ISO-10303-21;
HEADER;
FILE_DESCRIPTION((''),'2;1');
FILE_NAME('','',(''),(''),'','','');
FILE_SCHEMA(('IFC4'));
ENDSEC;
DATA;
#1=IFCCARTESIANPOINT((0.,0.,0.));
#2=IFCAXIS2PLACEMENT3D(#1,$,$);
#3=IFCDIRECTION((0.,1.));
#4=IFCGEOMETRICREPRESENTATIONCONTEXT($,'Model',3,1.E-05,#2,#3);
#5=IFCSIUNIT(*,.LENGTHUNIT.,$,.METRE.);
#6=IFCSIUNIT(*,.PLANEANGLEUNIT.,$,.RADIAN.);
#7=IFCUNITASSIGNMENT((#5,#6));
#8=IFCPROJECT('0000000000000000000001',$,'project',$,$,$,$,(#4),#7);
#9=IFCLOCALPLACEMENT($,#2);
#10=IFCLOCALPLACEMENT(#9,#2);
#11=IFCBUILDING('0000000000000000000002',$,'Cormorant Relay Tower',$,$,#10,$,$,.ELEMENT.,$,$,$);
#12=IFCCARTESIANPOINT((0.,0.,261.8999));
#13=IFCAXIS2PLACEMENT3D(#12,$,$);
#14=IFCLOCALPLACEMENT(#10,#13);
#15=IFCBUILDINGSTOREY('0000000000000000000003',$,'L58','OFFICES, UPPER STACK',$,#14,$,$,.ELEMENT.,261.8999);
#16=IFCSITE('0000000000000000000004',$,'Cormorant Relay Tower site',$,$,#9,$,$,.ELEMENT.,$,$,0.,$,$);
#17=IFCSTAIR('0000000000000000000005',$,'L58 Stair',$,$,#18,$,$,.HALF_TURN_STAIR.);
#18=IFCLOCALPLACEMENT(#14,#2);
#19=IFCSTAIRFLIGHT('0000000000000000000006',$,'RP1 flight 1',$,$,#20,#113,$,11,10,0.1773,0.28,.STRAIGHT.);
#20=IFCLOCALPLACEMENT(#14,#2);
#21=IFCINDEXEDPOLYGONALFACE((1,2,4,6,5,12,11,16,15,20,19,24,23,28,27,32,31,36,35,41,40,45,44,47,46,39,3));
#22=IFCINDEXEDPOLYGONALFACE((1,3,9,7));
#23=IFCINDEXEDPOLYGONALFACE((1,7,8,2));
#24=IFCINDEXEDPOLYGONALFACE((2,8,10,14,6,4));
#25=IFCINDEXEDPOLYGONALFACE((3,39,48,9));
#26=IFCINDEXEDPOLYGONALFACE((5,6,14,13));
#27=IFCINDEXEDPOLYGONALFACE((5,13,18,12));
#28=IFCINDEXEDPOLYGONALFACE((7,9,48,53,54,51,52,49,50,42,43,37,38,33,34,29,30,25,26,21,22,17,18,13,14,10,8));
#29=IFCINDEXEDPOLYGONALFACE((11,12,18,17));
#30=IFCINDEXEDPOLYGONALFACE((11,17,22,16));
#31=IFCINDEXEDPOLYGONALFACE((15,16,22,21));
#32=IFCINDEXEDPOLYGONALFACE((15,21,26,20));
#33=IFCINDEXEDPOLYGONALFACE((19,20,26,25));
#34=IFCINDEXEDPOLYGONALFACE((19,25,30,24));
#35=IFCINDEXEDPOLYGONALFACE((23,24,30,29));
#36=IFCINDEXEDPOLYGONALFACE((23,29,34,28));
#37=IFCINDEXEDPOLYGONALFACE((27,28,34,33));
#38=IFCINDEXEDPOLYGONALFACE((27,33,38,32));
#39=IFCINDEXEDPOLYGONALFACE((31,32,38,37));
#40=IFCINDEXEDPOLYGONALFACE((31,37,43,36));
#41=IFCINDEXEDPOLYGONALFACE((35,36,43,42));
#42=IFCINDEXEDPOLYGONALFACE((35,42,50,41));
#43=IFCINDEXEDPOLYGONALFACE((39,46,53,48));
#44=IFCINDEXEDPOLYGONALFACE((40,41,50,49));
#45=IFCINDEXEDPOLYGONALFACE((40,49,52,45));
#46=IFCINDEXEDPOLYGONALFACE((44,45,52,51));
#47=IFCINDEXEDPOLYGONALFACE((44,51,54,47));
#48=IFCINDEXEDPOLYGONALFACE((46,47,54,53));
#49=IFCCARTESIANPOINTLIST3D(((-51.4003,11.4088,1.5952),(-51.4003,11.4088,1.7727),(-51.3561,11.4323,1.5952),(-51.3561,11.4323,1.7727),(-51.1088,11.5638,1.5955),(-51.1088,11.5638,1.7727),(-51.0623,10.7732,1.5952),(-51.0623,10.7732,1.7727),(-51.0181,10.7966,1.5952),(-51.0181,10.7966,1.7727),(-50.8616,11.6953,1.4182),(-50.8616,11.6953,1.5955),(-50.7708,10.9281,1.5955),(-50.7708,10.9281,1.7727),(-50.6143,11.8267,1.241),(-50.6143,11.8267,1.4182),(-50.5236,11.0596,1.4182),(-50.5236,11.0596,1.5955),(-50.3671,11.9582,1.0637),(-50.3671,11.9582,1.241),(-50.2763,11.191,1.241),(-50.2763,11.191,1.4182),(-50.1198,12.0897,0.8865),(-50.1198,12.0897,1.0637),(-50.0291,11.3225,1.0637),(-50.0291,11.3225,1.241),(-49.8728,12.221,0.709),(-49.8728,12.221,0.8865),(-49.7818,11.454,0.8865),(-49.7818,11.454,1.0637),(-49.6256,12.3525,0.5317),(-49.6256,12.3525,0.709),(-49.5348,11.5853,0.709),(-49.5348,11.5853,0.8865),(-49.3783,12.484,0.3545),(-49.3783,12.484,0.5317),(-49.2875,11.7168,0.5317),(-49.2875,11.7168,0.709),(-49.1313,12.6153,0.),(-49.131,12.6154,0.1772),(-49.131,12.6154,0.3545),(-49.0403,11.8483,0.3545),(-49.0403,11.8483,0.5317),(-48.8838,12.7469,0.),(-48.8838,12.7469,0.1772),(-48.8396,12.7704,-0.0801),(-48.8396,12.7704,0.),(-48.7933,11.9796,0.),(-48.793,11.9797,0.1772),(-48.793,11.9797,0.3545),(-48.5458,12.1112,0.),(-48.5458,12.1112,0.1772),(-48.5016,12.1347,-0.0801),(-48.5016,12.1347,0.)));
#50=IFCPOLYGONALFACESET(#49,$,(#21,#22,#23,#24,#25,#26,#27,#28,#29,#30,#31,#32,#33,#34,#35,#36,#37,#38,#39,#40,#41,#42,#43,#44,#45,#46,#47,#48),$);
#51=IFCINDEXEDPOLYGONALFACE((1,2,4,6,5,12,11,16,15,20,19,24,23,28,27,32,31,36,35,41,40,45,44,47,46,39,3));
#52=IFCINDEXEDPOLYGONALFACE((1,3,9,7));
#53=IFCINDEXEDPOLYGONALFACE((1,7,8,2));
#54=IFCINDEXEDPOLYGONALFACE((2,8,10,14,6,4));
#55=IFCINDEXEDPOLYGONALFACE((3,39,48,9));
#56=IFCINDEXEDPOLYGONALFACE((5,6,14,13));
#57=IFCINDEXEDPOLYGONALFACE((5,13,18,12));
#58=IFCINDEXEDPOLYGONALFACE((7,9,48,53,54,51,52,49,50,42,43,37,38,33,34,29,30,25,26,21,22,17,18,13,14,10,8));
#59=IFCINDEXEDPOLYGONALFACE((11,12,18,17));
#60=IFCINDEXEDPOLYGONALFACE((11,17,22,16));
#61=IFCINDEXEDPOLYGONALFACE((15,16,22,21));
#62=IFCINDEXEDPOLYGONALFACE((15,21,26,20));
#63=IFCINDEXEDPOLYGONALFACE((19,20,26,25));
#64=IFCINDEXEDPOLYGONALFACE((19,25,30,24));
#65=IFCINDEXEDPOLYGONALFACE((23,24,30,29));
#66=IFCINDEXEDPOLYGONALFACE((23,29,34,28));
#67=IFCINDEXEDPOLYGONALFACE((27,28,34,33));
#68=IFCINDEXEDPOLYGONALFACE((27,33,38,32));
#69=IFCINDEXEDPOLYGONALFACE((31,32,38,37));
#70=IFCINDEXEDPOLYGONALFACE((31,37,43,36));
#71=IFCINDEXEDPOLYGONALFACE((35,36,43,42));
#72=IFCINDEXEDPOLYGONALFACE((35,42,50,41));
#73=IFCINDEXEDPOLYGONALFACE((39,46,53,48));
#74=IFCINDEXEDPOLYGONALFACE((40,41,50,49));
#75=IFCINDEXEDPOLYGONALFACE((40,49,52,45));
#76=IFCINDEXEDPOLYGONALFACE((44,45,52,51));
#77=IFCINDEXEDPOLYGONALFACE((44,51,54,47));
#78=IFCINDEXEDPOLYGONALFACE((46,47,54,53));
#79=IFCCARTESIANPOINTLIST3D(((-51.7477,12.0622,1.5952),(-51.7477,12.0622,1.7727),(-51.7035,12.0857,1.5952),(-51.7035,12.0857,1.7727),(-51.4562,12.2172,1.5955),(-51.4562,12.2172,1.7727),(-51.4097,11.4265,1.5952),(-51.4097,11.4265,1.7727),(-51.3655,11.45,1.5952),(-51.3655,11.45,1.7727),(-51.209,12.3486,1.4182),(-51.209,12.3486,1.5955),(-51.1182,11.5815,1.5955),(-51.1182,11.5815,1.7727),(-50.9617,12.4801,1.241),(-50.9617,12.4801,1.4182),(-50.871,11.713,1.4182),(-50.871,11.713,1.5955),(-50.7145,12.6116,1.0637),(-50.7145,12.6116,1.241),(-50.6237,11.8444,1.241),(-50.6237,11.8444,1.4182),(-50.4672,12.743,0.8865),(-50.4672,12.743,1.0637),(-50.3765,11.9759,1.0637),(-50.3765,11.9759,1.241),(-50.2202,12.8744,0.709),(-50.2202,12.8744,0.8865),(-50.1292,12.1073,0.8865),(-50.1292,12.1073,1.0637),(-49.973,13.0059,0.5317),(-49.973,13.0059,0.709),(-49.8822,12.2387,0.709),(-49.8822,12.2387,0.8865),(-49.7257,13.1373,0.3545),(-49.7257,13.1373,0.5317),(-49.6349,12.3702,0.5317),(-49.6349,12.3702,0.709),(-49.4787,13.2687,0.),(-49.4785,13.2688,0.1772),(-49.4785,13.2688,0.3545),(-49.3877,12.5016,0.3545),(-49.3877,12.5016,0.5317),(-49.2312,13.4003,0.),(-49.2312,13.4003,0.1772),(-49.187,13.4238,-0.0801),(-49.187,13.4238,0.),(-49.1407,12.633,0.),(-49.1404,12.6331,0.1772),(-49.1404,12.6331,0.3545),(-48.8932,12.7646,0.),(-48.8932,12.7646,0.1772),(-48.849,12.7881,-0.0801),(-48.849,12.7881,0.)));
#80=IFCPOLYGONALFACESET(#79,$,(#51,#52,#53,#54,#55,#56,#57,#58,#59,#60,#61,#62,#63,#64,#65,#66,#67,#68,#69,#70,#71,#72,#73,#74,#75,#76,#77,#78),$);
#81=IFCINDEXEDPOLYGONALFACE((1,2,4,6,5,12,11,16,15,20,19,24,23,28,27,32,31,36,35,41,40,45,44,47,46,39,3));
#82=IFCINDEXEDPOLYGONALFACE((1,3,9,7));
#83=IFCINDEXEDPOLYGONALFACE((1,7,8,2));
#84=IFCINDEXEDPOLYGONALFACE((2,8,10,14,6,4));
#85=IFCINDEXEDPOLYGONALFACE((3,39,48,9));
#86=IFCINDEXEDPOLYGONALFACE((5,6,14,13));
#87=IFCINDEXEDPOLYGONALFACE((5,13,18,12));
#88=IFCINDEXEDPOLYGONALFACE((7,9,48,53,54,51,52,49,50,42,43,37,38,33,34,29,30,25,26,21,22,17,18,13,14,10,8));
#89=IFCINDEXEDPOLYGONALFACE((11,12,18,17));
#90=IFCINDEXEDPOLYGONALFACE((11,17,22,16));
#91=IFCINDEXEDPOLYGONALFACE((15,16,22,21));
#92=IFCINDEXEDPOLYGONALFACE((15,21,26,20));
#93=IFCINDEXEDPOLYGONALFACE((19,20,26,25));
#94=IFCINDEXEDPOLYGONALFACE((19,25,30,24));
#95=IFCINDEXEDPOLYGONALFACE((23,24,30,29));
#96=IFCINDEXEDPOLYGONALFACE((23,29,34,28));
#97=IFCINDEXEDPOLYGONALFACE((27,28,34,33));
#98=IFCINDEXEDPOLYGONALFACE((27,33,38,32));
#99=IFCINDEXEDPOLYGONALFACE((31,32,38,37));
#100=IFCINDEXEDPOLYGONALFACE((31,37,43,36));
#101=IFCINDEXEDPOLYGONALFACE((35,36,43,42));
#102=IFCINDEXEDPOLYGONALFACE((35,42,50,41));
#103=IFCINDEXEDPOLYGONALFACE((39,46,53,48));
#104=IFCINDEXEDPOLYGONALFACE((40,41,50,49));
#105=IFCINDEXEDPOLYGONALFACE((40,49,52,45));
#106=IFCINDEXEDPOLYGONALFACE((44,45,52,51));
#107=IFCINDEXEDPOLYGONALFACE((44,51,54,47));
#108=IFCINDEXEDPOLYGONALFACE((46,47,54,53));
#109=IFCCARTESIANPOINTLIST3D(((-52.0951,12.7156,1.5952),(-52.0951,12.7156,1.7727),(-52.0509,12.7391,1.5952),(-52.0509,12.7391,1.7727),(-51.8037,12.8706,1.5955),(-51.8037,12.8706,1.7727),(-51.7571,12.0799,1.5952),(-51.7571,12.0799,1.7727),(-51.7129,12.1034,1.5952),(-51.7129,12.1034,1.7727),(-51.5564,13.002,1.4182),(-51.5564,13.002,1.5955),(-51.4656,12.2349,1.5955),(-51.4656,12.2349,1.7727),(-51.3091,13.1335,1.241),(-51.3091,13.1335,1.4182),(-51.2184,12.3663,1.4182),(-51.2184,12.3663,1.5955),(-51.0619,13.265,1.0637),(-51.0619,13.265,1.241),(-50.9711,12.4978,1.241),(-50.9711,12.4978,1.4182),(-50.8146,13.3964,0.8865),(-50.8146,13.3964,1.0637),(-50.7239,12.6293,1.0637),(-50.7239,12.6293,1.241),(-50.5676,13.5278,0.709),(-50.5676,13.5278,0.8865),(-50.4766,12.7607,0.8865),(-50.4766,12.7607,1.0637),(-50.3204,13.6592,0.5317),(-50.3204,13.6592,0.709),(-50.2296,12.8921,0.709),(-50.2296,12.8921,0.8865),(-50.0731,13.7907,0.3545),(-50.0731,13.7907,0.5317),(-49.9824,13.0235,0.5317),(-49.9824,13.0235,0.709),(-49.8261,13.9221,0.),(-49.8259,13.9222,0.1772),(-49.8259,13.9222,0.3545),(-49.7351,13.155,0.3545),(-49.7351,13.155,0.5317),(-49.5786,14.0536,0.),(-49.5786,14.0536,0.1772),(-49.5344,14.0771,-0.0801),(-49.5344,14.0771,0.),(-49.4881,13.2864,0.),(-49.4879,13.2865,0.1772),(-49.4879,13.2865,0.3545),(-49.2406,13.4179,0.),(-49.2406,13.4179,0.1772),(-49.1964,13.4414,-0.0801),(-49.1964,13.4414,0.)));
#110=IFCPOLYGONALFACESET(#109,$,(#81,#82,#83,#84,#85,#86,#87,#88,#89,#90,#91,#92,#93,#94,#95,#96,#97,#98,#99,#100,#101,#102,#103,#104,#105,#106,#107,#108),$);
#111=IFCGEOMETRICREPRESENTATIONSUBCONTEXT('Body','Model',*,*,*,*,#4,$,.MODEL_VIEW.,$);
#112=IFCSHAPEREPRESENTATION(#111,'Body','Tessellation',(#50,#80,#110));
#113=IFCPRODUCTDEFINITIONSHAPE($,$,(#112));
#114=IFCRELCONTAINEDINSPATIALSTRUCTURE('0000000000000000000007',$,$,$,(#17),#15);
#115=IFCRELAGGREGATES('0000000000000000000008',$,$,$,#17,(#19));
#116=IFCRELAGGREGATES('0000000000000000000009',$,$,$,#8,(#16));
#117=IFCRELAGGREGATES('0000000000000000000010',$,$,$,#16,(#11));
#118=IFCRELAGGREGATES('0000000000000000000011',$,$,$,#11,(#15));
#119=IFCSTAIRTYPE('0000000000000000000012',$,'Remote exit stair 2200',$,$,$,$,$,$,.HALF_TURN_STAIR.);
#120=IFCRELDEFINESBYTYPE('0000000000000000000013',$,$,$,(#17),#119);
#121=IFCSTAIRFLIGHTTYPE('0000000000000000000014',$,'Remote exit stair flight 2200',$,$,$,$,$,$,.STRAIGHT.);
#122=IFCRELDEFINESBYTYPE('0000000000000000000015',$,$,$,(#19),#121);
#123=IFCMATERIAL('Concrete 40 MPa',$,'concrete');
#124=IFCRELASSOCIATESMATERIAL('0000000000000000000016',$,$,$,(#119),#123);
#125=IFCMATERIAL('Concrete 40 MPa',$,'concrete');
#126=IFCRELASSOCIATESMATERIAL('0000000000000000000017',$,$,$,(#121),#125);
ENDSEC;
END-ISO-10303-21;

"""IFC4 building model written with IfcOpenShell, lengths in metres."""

from ifc_helpers import new_model, si_unit, direction, frame, origin, place, context, subcontext, project, spatial, polyline, outline, extrude, material, type_object, element, aggregate, save


model = new_model("IFC4")

# Units and contexts
model_context = context("Model", 3, precision=1e-05, world=origin(), true_north=direction((0.0, 1.0)))
body_context = subcontext(model_context, "Body", "Model", "MODEL_VIEW")
ifc_project = project(units=[si_unit("LENGTHUNIT", "METRE"), si_unit("PLANEANGLEUNIT", "RADIAN")], contexts=[model_context])

# Site, building, storey
site_placement = place(None, origin())
site = spatial("IfcSite", under=ifc_project, at=site_placement, Name="Cormorant Relay Tower site", CompositionType="ELEMENT", RefElevation=0.0)
building_placement = place(site_placement, origin())
building = spatial("IfcBuilding", under=site, at=building_placement, Name="Cormorant Relay Tower", CompositionType="ELEMENT")
storey_placement = place(building_placement, frame((0.0, 0.0, 261.8999)))
storey = spatial("IfcBuildingStorey", under=building, at=storey_placement, Name="L58", Description="OFFICES, UPPER STACK", CompositionType="ELEMENT", Elevation=261.8999)

# Stair, stair flight
ifc_material_1 = material(Name="Concrete 40 MPa", Category="concrete")
stair_type = type_object("IfcStairType", Name="Remote exit stair 2200", PredefinedType="HALF_TURN_STAIR", material=ifc_material_1)
stair_placement = place(storey_placement, origin())
stair = element("IfcStair", 1, at=stair_placement, inside=storey, type_object=stair_type, Name="L58 Stair", PredefinedType="HALF_TURN_STAIR")
ifc_material_2 = material(Name="Concrete 40 MPa", Category="concrete")
stair_flight_type = type_object("IfcStairFlightType", Name="Remote exit stair flight 2200", PredefinedType="STRAIGHT", material=ifc_material_2)
stair_flight_1_placement = place(storey_placement, frame((-49.0623, 13.0825, 0.0), z_axis=(0.0, 0.0, 1.0), x_axis=(-0.882948, -0.469472, 0.0)))
stair_flight_1 = element("IfcStairFlight", 2, at=stair_flight_1_placement, type_object=stair_flight_type, Name="RP1 flight 1", NumberOfRisers=11, NumberOfTreads=10, PredefinedType="STRAIGHT", RiserHeight=0.1773, TreadLength=0.28, context=body_context, shape_type="SweptSolid", body=[
    extrude(outline(polyline([(-0.05, -0.0801), (-0.05, 0.0), (0.0, 0.0), (0.0, 0.1772), (0.28, 0.1772), (0.28, 0.3545), (0.5601, 0.3545), (0.5601, 0.5317), (0.8401, 0.5317), (0.8401, 0.709), (1.1201, 0.709), (1.1201, 0.8865), (1.3999, 0.8865), (1.3999, 1.0637), (1.6799, 1.0637), (1.6799, 1.241), (1.96, 1.241), (1.96, 1.4182), (2.24, 1.4182), (2.24, 1.5955), (2.52, 1.5955), (2.52, 1.7727), (2.8, 1.7727), (2.8501, 1.7727), (2.8501, 1.5952), (2.8, 1.5952), (0.2803, 0.0), (-0.05, -0.0801)])), frame((0.0, 1.1001, 0.0), z_axis=(0.0, -1.0, 0.0), x_axis=(1.0, 0.0, 0.0)), (0.0, 0.0, 1.0), 0.72),
    extrude(outline(polyline([(-0.05, -0.0801), (-0.05, 0.0), (0.0, 0.0), (0.0, 0.1772), (0.28, 0.1772), (0.28, 0.3545), (0.5601, 0.3545), (0.5601, 0.5317), (0.8401, 0.5317), (0.8401, 0.709), (1.1201, 0.709), (1.1201, 0.8865), (1.3999, 0.8865), (1.3999, 1.0637), (1.6799, 1.0637), (1.6799, 1.241), (1.96, 1.241), (1.96, 1.4182), (2.24, 1.4182), (2.24, 1.5955), (2.52, 1.5955), (2.52, 1.7727), (2.8, 1.7727), (2.8501, 1.7727), (2.8501, 1.5952), (2.8, 1.5952), (0.2803, 0.0), (-0.05, -0.0801)])), frame((0.0, 0.3601, 0.0), z_axis=(0.0, -1.0, 0.0), x_axis=(1.0, 0.0, 0.0)), (0.0, 0.0, 1.0), 0.72),
    extrude(outline(polyline([(-0.05, -0.0801), (-0.05, 0.0), (0.0, 0.0), (0.0, 0.1772), (0.28, 0.1772), (0.28, 0.3545), (0.5601, 0.3545), (0.5601, 0.5317), (0.8401, 0.5317), (0.8401, 0.709), (1.1201, 0.709), (1.1201, 0.8865), (1.3999, 0.8865), (1.3999, 1.0637), (1.6799, 1.0637), (1.6799, 1.241), (1.96, 1.241), (1.96, 1.4182), (2.24, 1.4182), (2.24, 1.5955), (2.52, 1.5955), (2.52, 1.7727), (2.8, 1.7727), (2.8501, 1.7727), (2.8501, 1.5952), (2.8, 1.5952), (0.2803, 0.0), (-0.05, -0.0801)])), frame((0.0, -0.3799, 0.0), z_axis=(0.0, -1.0, 0.0), x_axis=(1.0, 0.0, 0.0)), (0.0, 0.0, 1.0), 0.72),
])
aggregate(stair, [stair_flight_1])

save(model, "model.ifc")
